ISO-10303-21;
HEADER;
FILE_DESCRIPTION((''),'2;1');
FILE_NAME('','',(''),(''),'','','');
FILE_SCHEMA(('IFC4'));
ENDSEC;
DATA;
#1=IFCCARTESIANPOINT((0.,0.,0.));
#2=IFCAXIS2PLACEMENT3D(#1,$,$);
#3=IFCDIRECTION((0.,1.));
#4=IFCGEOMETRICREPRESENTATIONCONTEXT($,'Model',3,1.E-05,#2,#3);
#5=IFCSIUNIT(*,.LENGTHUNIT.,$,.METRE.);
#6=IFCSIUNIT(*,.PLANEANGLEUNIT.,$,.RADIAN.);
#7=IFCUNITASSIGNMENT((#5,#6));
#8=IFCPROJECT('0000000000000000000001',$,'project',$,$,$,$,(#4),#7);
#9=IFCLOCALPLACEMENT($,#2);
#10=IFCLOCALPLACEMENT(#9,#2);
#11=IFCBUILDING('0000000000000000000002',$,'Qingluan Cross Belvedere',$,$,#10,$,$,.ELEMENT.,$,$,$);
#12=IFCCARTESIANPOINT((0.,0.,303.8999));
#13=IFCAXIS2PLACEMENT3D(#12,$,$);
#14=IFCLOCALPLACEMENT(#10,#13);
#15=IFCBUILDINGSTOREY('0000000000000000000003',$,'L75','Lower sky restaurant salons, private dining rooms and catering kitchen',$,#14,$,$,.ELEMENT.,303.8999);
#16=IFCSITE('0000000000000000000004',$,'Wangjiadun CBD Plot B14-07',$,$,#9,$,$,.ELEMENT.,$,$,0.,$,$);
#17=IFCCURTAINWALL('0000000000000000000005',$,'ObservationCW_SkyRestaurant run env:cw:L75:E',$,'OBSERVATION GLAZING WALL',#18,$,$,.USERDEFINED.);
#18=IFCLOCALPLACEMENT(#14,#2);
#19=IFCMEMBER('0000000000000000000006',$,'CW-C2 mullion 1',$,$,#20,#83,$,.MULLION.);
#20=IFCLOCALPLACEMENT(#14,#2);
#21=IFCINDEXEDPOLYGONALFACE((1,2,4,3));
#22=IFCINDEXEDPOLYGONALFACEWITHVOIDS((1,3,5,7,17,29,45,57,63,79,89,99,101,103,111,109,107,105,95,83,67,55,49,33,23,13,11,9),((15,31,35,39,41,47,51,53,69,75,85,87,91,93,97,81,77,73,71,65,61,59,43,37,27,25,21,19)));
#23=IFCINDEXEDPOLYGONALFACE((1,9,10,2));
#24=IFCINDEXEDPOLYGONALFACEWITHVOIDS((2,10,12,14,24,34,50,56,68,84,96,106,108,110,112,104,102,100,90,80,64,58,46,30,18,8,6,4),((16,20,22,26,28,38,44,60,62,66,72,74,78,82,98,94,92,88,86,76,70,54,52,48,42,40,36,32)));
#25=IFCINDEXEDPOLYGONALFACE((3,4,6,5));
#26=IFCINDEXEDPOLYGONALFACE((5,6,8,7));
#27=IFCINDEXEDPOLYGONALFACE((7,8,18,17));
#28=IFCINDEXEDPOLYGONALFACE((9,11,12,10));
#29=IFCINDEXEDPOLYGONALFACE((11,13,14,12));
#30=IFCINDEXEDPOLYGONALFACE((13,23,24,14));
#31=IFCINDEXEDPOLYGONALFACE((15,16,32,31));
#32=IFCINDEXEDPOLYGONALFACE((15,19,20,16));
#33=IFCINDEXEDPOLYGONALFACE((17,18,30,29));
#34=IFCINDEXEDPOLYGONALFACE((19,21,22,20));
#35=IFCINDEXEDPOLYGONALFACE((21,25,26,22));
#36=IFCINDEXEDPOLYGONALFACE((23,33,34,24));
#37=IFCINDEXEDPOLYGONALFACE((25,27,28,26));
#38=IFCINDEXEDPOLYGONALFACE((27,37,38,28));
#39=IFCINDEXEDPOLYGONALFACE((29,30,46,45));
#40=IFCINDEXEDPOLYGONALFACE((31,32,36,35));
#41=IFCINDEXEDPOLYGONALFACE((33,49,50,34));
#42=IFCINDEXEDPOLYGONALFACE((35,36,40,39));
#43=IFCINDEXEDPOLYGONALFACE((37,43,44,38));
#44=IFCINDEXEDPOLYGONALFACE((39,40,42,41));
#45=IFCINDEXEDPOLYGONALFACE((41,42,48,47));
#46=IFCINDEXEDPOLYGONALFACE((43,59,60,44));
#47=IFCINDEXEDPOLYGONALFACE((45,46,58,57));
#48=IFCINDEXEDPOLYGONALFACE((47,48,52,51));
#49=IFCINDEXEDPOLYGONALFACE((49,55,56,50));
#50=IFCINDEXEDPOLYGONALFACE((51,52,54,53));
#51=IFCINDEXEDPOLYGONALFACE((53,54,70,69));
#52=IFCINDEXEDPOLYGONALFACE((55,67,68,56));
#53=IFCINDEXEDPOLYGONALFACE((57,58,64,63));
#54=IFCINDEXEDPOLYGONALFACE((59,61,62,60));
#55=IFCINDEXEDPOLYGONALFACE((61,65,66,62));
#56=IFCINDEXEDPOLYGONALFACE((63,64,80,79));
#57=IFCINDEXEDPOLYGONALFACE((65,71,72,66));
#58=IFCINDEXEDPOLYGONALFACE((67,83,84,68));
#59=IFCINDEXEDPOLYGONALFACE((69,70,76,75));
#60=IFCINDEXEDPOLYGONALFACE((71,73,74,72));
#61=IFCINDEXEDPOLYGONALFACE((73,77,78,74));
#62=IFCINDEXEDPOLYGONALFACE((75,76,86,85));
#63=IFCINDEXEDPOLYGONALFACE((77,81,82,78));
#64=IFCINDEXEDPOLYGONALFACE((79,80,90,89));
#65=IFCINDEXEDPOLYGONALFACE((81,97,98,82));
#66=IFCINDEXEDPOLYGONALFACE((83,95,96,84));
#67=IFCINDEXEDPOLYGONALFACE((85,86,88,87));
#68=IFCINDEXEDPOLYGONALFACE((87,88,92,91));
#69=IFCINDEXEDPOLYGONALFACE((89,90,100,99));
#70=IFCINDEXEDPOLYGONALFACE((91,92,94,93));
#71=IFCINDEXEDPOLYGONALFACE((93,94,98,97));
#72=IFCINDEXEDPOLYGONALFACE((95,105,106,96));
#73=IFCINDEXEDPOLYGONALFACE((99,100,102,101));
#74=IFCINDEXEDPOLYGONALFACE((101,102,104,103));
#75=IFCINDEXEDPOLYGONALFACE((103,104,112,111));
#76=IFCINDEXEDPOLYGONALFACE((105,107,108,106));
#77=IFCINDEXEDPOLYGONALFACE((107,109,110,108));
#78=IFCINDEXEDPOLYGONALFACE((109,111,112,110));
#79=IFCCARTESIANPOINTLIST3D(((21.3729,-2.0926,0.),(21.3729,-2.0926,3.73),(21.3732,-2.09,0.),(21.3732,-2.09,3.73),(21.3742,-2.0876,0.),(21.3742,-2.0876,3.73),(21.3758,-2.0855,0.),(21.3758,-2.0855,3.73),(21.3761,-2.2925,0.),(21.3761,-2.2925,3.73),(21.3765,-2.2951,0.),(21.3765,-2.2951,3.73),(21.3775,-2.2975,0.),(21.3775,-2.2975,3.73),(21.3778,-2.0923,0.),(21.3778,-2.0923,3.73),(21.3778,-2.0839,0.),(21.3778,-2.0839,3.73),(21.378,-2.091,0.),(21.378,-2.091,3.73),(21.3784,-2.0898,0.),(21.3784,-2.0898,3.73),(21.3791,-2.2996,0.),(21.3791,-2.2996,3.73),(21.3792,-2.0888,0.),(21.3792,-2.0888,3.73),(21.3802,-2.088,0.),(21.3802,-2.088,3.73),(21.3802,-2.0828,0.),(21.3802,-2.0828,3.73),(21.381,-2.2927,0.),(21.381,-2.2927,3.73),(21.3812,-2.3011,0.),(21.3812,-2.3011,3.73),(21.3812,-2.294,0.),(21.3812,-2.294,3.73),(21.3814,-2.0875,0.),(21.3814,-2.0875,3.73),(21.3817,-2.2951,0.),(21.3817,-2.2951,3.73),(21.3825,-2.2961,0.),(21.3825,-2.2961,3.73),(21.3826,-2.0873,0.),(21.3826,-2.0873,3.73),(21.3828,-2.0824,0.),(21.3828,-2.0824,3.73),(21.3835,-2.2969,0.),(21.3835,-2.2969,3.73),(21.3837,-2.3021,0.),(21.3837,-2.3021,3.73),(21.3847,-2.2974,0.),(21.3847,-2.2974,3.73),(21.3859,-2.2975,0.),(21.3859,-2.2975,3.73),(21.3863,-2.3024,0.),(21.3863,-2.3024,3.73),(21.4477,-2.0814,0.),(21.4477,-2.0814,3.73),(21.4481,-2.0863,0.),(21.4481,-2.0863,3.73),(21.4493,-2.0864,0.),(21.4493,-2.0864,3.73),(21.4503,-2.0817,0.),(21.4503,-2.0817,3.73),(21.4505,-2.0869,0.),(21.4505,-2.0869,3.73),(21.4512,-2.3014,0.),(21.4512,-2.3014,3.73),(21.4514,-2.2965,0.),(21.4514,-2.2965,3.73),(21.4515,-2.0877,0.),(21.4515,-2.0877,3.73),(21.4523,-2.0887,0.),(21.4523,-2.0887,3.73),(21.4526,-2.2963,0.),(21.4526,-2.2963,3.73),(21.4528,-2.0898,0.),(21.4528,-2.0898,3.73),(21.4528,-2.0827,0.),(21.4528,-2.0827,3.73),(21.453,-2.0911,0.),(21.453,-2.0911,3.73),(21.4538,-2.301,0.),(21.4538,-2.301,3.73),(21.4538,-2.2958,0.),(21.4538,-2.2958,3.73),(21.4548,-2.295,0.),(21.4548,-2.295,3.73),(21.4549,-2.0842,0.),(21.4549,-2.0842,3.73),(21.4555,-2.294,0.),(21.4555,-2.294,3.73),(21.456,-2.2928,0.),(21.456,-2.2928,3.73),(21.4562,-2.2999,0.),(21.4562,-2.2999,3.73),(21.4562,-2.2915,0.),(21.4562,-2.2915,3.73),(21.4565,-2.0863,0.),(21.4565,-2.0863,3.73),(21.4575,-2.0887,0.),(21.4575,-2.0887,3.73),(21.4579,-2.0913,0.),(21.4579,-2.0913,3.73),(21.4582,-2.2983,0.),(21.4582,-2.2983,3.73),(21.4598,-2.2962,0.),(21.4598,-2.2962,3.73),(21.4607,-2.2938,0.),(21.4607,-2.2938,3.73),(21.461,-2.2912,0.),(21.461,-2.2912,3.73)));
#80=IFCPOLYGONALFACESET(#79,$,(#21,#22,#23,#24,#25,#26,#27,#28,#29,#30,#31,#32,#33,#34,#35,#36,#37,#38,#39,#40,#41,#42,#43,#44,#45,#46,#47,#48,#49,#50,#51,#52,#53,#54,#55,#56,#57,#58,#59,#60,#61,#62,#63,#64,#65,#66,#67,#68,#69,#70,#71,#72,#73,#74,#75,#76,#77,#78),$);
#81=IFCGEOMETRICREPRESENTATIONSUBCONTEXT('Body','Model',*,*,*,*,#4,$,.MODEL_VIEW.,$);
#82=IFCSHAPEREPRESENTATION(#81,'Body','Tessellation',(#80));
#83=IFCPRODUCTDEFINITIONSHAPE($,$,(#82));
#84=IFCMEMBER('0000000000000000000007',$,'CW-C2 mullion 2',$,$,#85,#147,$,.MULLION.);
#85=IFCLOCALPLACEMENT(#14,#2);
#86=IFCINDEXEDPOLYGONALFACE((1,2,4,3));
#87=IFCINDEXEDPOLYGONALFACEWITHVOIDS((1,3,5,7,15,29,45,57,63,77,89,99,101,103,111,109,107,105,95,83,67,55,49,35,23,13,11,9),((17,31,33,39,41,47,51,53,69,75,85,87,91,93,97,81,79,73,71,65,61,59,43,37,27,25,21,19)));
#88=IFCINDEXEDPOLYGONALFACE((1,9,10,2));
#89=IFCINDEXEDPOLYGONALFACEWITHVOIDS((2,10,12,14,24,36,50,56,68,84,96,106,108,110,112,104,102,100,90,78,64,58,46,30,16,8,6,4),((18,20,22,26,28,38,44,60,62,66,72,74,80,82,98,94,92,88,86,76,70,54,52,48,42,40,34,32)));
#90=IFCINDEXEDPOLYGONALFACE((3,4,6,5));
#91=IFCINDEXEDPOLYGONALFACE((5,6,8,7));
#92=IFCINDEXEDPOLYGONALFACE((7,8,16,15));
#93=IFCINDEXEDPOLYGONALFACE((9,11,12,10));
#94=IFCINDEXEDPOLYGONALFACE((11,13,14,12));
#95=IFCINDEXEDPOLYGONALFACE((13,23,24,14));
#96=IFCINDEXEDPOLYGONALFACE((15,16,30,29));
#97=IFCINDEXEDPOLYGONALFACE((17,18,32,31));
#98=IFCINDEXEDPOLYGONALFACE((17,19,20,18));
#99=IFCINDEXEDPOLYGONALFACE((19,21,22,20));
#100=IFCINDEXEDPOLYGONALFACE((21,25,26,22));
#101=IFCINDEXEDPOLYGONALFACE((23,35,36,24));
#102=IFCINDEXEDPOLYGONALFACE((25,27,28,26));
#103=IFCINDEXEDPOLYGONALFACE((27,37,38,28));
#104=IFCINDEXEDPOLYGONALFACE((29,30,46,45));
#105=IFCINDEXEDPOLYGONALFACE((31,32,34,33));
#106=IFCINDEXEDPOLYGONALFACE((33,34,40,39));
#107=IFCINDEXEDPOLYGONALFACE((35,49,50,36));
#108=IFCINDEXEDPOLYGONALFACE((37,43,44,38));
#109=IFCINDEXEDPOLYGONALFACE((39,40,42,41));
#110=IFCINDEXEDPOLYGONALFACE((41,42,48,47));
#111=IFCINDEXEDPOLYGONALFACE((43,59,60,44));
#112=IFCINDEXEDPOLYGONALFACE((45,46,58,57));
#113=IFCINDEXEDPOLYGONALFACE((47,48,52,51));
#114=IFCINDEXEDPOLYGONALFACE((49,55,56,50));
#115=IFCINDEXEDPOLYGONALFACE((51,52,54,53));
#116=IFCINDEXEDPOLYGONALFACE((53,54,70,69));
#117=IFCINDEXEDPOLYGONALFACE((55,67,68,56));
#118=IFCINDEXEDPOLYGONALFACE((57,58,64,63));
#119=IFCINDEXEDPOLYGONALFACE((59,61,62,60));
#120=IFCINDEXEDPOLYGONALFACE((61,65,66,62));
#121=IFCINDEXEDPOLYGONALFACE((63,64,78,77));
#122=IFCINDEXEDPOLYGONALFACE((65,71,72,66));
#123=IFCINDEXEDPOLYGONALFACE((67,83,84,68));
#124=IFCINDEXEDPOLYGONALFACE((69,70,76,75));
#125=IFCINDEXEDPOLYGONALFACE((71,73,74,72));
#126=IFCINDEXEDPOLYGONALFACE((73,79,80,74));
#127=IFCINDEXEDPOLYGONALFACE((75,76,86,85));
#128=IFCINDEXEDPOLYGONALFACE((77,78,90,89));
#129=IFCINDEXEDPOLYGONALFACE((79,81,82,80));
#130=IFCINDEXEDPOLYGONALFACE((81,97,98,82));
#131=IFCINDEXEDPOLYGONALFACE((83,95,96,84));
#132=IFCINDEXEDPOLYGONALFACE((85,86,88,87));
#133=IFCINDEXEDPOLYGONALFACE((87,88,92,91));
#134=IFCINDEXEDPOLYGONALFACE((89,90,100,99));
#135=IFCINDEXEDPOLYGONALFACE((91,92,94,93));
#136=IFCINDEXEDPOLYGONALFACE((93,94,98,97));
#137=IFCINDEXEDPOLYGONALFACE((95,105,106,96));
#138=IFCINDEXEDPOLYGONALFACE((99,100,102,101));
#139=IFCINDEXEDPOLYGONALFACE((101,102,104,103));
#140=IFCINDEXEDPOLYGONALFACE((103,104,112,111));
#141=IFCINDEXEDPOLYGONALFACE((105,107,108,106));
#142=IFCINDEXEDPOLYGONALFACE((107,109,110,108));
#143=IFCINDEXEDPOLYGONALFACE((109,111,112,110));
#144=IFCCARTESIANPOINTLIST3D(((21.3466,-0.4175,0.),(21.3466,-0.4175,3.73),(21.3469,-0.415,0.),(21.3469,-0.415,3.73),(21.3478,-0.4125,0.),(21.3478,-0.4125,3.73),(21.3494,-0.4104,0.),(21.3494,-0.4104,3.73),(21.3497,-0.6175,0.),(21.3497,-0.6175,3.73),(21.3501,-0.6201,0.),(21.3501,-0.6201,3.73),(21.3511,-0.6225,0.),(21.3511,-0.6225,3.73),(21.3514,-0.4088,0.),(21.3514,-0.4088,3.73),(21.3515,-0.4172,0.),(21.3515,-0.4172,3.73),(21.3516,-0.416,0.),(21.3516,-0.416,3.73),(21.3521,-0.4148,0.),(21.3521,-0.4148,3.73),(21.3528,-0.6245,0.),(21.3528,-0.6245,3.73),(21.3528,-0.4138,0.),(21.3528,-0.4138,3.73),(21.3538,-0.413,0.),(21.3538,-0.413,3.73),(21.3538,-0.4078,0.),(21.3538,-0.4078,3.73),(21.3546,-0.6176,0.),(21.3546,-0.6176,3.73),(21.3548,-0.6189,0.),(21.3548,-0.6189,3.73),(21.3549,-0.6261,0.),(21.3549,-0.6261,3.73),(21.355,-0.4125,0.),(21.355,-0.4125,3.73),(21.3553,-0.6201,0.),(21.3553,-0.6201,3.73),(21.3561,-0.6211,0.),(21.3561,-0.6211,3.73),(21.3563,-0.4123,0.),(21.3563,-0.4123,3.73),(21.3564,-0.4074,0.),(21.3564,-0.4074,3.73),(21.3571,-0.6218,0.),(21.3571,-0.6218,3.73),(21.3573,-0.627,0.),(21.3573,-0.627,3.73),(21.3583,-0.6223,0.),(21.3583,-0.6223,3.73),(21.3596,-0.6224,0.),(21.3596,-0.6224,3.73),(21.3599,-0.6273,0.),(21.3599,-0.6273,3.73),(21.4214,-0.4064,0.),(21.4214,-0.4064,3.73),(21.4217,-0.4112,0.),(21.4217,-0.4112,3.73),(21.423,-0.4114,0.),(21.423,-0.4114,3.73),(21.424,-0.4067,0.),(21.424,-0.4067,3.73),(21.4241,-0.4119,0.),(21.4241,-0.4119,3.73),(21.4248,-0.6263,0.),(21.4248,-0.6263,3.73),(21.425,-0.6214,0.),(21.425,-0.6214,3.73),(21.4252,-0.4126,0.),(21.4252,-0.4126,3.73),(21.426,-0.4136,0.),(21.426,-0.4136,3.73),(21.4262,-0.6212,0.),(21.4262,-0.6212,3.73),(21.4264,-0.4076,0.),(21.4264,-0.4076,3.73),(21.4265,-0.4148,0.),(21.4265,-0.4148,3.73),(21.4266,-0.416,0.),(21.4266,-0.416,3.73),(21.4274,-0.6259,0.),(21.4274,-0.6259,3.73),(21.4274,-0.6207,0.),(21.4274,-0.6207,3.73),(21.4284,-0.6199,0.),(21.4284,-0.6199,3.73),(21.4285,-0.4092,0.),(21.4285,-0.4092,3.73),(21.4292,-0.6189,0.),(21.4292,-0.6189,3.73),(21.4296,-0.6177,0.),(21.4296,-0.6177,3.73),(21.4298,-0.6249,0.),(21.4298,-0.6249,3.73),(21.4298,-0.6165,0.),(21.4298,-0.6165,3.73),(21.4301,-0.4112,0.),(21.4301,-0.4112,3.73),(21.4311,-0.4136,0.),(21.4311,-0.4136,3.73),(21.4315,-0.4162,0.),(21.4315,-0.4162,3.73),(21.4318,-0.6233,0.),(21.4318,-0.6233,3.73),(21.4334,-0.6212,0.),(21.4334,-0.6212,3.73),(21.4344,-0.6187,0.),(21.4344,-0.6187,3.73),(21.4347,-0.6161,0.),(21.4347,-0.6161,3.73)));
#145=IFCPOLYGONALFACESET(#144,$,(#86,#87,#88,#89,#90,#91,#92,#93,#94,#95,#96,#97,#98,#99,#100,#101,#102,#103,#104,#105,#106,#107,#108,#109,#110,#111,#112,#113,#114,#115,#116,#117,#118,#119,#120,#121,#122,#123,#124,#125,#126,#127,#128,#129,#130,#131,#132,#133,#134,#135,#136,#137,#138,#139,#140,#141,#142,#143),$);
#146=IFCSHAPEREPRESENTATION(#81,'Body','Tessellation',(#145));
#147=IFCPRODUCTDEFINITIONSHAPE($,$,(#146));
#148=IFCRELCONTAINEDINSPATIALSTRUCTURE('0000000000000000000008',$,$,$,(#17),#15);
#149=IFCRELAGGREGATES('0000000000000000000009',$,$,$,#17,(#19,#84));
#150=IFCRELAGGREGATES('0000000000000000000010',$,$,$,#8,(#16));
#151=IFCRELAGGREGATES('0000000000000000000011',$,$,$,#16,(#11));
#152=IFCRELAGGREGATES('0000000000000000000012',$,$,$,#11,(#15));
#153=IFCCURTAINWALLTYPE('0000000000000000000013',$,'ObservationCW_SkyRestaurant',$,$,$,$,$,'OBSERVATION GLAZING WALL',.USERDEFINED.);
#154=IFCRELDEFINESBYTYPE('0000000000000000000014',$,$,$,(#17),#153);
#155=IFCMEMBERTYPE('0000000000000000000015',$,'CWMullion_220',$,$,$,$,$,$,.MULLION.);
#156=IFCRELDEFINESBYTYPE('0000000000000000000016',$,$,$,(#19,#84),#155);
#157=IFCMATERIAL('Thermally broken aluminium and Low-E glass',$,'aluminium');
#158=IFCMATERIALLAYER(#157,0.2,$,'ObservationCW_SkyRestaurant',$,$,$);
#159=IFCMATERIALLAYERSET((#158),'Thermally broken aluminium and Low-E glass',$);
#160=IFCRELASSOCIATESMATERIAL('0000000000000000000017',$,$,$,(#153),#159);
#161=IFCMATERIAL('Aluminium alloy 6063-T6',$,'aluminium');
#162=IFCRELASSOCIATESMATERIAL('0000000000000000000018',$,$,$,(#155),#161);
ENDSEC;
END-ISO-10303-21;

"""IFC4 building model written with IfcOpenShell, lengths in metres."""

from ifc_helpers import new_model, si_unit, direction, frame, origin, origin_2d, place, context, subcontext, project, spatial, hollow_rectangle, extrude, material, layer, layer_set, material_profile, profile_set, type_object, element, aggregate, save


model = new_model("IFC4")

# Units and contexts
model_context = context("Model", 3, precision=1e-05, world=origin(), true_north=direction((0.0, 1.0)))
body_context = subcontext(model_context, "Body", "Model", "MODEL_VIEW")
ifc_project = project(units=[si_unit("LENGTHUNIT", "METRE"), si_unit("PLANEANGLEUNIT", "RADIAN")], contexts=[model_context])

# Site, building, storey
site_placement = place(None, origin())
site = spatial("IfcSite", under=ifc_project, at=site_placement, Name="Wangjiadun CBD Plot B14-07", CompositionType="ELEMENT", RefElevation=0.0)
building_placement = place(site_placement, origin())
building = spatial("IfcBuilding", under=site, at=building_placement, Name="Qingluan Cross Belvedere", CompositionType="ELEMENT")
storey_placement = place(building_placement, frame((0.0, 0.0, 303.8999)))
storey = spatial("IfcBuildingStorey", under=building, at=storey_placement, Name="L75", Description="Lower sky restaurant salons, private dining rooms and catering kitchen", CompositionType="ELEMENT", Elevation=303.8999)

# Curtain wall, members
ifc_material_1 = material(Name="Thermally broken aluminium and Low-E glass", Category="aluminium")
ifc_layer_1 = layer(ifc_material_1, 0.2, Name="ObservationCW_SkyRestaurant")
ifc_layer_set_1 = layer_set([ifc_layer_1], Name="Thermally broken aluminium and Low-E glass")
curtain_wall_type = type_object("IfcCurtainWallType", Name="ObservationCW_SkyRestaurant", ElementType="OBSERVATION GLAZING WALL", PredefinedType="USERDEFINED", material=ifc_layer_set_1)
curtain_wall_placement = place(storey_placement, origin())
curtain_wall = element("IfcCurtainWall", 1, at=curtain_wall_placement, inside=storey, type_object=curtain_wall_type, Name="ObservationCW_SkyRestaurant run env:cw:L75:E", ObjectType="OBSERVATION GLAZING WALL", PredefinedType="USERDEFINED")
ifc_material_2 = material(Name="Aluminium alloy 6063-T6", Category="aluminium")
ifc_material_profile_1 = material_profile(ifc_material_2, hollow_rectangle(XDim=0.085, YDim=0.22, WallThickness=0.0049, InnerFilletRadius=0.0049, OuterFilletRadius=0.01, at=origin_2d()), Name="CWM220x85x5")
ifc_profile_set_1 = profile_set([ifc_material_profile_1], Name="Aluminium alloy 6063-T6")
member_type_1 = type_object("IfcMemberType", Name="CWMullion_220", PredefinedType="MULLION", material=ifc_profile_set_1)
member_1_placement = place(storey_placement, frame((21.417, -2.1919, 0.0), z_axis=(0.0, 0.0, 1.0), x_axis=(-0.999877, -0.015696, 0.0)))
member_1 = element("IfcMember", 2, at=member_1_placement, type_object=member_type_1, Name="CW-C2 mullion 1", PredefinedType="MULLION", context=body_context, shape_type="SweptSolid", body=[
    extrude(hollow_rectangle(XDim=0.085, YDim=0.22, WallThickness=0.0049, InnerFilletRadius=0.0049, OuterFilletRadius=0.01, at=origin_2d()), origin(), (0.0, 0.0, 1.0), 3.73),
])
member_2_placement = place(storey_placement, frame((21.3906, -0.5168, 0.0), z_axis=(0.0, 0.0, 1.0), x_axis=(-0.999877, -0.015696, 0.0)))
member_2 = element("IfcMember", 3, at=member_2_placement, type_object=member_type_1, Name="CW-C2 mullion 2", PredefinedType="MULLION", context=body_context, shape_type="SweptSolid", body=[
    extrude(hollow_rectangle(XDim=0.085, YDim=0.22, WallThickness=0.0049, InnerFilletRadius=0.0049, OuterFilletRadius=0.01, at=origin_2d()), origin(), (0.0, 0.0, 1.0), 3.73),
])

aggregate(curtain_wall, [member_1, member_2])

save(model, "model.ifc")
